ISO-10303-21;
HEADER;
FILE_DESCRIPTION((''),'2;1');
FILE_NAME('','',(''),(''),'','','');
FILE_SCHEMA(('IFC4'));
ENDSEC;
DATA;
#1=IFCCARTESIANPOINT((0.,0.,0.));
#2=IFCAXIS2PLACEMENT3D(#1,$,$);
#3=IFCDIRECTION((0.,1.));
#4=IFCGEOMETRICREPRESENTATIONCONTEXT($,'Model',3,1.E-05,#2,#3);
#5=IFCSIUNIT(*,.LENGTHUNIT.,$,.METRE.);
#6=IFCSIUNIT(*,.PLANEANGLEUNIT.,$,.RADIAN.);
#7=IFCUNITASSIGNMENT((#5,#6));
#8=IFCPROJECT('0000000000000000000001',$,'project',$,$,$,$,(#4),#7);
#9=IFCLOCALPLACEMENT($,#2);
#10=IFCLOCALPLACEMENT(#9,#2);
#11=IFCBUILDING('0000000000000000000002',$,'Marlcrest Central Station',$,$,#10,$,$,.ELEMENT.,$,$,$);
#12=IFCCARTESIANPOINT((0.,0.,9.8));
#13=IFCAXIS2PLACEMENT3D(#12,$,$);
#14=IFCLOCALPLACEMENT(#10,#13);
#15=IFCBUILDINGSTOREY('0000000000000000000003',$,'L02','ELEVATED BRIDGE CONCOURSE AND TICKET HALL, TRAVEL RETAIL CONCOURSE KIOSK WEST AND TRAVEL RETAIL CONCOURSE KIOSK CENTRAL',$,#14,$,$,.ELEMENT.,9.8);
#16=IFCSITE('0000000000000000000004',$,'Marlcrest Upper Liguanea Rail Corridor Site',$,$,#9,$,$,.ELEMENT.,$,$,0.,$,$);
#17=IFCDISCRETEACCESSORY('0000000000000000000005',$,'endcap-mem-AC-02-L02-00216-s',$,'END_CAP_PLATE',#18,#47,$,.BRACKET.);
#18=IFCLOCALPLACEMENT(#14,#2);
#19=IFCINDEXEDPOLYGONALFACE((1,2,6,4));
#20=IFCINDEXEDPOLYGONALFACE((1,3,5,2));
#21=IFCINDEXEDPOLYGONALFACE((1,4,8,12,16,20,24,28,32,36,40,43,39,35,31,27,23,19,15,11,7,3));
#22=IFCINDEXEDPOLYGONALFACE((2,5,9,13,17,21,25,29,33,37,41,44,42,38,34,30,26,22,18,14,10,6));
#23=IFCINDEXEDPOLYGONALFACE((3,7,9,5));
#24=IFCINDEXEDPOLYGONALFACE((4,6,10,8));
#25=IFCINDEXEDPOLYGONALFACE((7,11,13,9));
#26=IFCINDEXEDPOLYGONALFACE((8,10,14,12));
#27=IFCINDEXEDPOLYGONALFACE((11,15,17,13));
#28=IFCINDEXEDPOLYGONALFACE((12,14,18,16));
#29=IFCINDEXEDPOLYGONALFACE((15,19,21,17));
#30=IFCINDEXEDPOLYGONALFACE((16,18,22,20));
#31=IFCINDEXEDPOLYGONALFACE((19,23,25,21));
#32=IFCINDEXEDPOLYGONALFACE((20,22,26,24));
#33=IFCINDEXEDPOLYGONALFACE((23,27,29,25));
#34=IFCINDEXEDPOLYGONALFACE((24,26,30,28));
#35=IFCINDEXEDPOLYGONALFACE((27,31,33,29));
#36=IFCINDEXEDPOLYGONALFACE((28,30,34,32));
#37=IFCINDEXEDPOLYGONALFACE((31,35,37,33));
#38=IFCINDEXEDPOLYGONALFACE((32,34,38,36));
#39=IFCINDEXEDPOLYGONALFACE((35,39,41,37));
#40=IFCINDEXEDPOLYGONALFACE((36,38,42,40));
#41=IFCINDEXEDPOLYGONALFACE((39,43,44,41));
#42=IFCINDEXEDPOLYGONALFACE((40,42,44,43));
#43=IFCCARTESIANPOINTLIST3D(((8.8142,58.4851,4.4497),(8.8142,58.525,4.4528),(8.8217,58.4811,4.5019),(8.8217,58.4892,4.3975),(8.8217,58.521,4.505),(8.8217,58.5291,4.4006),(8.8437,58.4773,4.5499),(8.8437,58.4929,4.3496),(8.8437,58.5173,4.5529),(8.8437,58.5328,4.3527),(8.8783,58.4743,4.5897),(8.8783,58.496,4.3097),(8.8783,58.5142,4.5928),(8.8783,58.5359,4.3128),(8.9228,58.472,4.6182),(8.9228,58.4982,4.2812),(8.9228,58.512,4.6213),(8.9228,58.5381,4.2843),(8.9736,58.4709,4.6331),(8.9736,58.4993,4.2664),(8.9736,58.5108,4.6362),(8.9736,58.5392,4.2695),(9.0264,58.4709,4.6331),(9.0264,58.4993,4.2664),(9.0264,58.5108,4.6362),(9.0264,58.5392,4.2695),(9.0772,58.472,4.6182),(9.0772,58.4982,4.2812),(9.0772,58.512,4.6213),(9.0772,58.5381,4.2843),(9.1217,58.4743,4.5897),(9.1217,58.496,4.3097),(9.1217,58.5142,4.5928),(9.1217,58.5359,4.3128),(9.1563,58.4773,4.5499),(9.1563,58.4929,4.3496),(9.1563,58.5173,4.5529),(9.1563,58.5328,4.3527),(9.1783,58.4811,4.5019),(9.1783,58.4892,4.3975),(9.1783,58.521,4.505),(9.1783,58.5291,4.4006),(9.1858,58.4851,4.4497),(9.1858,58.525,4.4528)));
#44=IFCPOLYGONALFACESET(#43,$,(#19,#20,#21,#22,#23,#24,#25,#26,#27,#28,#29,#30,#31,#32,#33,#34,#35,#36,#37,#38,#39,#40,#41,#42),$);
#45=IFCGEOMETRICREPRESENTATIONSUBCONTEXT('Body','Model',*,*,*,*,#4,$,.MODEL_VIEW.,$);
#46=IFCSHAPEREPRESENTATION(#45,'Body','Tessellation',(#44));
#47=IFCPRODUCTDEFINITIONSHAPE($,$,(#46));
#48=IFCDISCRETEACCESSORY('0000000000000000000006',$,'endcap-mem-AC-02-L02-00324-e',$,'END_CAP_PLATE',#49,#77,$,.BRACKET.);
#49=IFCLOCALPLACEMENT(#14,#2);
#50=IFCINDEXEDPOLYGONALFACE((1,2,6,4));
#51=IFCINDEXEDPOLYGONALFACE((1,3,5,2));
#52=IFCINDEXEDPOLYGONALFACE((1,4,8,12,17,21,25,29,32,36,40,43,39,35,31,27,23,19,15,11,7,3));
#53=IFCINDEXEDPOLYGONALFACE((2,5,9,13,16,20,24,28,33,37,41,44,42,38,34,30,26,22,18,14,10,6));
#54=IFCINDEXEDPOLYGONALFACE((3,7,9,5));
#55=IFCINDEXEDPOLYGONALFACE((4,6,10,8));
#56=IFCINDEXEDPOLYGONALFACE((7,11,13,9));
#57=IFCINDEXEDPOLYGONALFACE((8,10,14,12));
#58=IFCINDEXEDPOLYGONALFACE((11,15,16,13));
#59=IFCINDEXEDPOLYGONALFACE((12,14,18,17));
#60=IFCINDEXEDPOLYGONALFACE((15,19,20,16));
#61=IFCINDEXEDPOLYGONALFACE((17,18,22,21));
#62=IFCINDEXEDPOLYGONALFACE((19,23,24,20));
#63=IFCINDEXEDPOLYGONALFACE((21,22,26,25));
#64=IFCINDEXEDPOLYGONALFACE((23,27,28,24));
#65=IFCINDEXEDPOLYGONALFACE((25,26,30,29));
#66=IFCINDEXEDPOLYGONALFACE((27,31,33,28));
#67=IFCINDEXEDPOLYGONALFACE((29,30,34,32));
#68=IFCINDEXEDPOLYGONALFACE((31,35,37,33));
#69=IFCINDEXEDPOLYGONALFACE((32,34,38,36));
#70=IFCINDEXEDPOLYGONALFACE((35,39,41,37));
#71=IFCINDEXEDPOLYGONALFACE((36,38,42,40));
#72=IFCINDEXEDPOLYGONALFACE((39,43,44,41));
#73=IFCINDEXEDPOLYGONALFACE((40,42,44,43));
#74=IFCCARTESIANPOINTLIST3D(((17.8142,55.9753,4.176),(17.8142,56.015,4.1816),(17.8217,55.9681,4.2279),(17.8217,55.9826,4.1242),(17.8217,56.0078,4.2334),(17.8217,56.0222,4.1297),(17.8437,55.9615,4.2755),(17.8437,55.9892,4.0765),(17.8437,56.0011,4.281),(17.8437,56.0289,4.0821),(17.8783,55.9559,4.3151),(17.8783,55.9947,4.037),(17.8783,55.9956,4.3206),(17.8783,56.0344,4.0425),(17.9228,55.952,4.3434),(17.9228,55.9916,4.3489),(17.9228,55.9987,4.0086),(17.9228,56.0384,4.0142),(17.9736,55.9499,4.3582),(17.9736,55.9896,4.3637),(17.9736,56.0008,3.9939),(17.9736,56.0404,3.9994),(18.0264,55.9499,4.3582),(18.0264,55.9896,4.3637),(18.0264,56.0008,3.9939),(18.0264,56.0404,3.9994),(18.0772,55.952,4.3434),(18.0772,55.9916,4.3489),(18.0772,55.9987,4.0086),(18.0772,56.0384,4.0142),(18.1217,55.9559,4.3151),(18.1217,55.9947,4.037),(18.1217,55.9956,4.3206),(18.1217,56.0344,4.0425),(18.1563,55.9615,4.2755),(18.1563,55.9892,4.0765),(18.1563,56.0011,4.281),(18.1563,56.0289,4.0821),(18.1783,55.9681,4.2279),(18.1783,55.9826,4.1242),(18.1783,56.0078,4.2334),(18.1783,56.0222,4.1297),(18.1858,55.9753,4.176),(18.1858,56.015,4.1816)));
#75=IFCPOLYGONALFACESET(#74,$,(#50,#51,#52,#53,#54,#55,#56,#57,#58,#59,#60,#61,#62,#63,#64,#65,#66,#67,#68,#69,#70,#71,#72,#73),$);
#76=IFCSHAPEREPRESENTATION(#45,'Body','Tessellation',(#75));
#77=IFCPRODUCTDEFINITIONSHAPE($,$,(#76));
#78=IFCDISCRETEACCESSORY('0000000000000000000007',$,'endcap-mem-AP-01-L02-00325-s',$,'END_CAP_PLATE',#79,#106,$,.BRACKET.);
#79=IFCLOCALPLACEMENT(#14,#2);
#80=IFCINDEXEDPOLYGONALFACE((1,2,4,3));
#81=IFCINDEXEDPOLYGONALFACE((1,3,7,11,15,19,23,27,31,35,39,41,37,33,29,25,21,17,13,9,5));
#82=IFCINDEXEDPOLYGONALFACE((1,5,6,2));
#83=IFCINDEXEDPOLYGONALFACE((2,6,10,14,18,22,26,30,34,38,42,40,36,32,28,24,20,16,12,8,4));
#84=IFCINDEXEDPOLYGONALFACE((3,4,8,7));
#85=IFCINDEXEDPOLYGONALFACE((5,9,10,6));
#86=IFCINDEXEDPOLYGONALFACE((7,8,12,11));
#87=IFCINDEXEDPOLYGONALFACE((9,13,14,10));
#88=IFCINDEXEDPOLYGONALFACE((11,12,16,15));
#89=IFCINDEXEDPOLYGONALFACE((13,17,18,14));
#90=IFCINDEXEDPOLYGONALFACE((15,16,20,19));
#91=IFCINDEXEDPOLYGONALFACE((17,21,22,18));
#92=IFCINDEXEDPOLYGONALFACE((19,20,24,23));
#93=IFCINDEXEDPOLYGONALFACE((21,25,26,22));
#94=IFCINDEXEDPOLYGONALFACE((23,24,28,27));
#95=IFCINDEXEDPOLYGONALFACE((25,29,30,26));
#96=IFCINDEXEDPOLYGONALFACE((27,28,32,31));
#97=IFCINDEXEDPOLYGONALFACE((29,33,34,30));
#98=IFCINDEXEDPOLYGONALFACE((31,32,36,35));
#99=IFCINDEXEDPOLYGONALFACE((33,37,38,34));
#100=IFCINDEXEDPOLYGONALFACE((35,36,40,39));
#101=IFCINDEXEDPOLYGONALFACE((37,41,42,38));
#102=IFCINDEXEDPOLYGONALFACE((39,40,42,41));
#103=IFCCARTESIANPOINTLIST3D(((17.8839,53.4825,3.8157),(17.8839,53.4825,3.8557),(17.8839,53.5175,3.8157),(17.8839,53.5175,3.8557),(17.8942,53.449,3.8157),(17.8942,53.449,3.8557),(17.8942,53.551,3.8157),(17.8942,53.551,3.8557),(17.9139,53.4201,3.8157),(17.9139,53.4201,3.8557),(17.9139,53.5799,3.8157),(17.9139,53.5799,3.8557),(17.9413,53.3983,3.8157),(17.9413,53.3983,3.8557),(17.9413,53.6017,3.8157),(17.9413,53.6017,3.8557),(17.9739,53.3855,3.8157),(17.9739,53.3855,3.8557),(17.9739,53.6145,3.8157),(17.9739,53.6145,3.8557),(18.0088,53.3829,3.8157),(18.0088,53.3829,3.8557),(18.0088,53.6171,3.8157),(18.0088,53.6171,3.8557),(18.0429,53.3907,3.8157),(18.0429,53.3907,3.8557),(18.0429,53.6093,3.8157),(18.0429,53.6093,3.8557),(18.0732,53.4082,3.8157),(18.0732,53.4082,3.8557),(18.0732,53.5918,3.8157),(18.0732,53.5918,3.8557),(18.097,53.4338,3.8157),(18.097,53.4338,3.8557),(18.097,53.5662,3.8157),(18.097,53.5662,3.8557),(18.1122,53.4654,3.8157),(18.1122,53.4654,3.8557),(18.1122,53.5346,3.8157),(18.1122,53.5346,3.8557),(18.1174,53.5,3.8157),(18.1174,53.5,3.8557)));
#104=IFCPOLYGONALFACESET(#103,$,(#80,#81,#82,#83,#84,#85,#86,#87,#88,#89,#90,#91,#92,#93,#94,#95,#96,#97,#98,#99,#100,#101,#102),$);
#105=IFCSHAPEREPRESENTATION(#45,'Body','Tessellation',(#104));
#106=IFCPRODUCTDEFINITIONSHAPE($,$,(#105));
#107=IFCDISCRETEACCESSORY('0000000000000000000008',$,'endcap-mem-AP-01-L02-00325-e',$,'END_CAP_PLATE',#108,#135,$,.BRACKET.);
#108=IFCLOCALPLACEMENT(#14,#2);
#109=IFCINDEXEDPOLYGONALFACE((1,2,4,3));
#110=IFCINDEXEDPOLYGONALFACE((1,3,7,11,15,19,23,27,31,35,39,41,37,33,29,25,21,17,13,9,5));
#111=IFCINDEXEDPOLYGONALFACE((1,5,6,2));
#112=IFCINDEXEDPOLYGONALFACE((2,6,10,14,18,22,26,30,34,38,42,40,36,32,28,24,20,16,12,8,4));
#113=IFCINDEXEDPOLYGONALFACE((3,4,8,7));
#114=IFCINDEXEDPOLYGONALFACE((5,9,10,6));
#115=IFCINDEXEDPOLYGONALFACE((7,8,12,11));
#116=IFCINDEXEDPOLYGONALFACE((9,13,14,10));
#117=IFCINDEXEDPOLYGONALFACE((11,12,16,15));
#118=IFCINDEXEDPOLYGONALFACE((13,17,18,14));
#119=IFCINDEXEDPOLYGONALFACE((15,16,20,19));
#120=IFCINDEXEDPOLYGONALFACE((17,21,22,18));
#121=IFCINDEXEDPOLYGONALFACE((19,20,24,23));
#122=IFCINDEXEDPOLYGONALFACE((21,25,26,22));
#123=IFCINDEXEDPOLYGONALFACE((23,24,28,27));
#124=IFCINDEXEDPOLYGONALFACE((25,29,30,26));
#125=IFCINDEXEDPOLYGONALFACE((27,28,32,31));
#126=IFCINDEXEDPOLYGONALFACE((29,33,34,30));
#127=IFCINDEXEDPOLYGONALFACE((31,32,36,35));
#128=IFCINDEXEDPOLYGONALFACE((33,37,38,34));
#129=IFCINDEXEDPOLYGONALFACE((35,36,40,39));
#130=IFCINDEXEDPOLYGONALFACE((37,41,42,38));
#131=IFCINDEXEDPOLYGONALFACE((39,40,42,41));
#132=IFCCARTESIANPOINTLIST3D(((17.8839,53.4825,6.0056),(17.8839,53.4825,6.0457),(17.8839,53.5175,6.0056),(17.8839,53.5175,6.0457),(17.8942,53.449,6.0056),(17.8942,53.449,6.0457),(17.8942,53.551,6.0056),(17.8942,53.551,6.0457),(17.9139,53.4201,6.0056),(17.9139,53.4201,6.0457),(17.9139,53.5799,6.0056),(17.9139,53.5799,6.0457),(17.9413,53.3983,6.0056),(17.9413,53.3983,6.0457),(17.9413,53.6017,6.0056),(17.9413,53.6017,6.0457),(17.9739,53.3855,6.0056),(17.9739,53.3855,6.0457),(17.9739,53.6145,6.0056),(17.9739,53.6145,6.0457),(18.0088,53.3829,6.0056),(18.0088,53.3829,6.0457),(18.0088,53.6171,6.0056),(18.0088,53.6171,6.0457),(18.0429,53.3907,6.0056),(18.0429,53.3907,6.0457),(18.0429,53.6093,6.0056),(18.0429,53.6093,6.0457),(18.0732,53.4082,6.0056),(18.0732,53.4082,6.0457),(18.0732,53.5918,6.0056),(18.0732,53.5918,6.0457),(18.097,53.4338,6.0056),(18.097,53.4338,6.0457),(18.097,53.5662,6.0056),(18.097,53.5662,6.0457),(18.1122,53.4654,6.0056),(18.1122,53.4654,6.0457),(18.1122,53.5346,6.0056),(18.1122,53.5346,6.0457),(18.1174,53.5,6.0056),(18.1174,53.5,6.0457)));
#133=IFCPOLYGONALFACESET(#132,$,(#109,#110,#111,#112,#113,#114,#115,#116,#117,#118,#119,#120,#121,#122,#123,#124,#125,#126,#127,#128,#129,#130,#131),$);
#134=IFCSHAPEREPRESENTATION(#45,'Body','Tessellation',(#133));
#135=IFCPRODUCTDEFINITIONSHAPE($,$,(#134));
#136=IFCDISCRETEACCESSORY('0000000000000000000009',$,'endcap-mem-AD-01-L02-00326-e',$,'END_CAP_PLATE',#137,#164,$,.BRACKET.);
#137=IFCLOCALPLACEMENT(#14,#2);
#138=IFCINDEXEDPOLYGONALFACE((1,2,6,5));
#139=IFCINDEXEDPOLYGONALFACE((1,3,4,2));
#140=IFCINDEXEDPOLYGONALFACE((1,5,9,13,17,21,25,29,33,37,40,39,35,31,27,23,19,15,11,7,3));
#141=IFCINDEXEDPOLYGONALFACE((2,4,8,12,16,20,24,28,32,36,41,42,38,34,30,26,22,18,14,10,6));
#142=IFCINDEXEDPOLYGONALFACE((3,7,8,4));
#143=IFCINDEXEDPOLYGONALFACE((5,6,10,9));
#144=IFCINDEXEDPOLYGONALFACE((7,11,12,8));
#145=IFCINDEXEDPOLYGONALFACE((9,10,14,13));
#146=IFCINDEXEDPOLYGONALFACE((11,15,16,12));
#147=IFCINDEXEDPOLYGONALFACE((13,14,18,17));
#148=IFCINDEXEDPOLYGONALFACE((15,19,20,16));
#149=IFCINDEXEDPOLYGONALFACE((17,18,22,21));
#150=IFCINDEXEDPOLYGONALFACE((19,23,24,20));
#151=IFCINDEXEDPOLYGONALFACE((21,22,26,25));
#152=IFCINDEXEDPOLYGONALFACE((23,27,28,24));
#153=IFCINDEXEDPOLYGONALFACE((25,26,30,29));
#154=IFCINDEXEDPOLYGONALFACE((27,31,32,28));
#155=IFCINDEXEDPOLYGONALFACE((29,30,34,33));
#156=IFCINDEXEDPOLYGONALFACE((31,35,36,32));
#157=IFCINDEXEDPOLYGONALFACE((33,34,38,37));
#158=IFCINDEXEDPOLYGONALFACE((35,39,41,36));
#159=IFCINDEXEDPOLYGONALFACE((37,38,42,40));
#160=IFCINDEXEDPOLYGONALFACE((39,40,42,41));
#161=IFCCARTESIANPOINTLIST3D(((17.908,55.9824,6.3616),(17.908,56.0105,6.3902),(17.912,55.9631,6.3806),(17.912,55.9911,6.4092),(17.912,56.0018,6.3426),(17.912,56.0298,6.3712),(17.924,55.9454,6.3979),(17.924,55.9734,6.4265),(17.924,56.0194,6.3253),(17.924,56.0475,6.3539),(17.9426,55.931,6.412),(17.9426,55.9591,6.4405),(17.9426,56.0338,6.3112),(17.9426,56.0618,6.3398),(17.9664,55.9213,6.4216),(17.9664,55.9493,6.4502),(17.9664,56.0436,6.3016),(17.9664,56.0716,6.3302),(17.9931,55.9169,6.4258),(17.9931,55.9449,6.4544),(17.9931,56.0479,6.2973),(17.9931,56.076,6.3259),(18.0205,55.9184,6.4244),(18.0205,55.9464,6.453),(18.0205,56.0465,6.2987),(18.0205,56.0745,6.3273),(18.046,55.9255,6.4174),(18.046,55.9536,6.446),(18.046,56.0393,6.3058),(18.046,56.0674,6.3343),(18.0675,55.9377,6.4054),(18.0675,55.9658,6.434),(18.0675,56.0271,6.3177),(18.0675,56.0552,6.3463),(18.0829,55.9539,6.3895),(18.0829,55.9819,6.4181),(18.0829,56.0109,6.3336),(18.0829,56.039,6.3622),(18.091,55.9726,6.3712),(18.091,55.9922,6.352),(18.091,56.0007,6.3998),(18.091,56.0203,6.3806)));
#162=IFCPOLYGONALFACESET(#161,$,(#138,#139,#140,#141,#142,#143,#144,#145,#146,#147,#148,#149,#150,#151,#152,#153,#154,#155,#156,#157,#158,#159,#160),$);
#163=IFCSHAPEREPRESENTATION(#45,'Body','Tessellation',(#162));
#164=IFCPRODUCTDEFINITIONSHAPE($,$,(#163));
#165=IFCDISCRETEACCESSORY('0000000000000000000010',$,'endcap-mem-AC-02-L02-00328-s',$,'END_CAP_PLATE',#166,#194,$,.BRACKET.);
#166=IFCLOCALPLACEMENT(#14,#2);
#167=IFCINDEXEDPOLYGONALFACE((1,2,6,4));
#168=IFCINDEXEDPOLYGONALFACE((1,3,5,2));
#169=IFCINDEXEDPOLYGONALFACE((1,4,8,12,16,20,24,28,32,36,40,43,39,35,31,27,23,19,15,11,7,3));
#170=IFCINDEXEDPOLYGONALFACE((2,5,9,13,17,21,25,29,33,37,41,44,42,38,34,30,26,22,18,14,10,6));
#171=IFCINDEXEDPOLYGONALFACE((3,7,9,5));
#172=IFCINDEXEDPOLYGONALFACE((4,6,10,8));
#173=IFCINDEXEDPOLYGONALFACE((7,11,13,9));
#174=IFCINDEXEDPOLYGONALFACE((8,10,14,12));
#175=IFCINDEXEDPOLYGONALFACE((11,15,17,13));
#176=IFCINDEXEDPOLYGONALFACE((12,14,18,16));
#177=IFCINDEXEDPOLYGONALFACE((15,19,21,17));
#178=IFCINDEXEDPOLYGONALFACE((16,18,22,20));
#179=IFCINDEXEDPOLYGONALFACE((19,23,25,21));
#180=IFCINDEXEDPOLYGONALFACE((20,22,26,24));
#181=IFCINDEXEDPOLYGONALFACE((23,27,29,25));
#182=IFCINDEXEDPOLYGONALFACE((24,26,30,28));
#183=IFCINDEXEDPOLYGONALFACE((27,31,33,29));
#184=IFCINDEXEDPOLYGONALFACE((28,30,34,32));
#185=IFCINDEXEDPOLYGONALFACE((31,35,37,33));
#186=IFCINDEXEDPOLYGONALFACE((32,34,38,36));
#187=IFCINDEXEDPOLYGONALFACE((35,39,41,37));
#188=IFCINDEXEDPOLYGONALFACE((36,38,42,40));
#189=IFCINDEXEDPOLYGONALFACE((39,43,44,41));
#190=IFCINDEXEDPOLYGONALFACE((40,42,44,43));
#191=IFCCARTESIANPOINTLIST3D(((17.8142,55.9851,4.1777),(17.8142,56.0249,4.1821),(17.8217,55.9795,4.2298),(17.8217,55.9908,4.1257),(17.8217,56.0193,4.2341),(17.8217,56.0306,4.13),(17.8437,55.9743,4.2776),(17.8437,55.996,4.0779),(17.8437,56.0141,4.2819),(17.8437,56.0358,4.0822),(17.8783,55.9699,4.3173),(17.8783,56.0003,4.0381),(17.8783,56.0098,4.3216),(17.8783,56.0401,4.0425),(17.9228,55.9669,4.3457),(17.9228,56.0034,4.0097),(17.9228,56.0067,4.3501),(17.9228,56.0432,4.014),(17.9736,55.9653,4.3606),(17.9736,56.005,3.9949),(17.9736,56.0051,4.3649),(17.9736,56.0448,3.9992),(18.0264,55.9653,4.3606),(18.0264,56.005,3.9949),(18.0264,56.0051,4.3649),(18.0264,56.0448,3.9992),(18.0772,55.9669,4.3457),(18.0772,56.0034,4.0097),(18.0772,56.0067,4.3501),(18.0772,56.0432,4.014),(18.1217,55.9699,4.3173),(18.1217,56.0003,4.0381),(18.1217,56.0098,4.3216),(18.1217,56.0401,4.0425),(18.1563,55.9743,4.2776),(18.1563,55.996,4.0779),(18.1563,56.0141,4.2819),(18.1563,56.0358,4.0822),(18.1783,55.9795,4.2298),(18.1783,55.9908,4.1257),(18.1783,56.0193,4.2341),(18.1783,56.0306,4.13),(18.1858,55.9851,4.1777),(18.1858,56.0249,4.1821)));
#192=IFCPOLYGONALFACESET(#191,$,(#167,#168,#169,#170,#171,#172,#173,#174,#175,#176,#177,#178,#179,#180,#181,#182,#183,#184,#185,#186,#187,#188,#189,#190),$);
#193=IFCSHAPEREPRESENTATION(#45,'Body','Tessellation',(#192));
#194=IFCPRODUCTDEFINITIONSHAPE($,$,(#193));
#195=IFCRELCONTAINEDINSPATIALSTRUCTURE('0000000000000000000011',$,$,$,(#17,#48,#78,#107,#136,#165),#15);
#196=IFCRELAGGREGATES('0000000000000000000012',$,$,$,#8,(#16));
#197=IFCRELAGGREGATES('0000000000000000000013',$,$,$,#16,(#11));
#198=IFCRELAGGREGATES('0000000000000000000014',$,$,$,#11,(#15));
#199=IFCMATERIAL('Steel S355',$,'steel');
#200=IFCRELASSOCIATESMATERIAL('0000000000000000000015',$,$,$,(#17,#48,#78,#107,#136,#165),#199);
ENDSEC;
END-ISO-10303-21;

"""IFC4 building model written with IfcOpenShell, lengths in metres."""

from ifc_helpers import new_model, si_unit, direction, frame, origin, origin_2d, place, context, subcontext, project, spatial, circle, extrude, material, element, save


model = new_model("IFC4")

# Units and contexts
model_context = context("Model", 3, precision=1e-05, world=origin(), true_north=direction((0.0, 1.0)))
body_context = subcontext(model_context, "Body", "Model", "MODEL_VIEW")
ifc_project = project(units=[si_unit("LENGTHUNIT", "METRE"), si_unit("PLANEANGLEUNIT", "RADIAN")], contexts=[model_context])

# Site, building, storey
site_placement = place(None, origin())
site = spatial("IfcSite", under=ifc_project, at=site_placement, Name="Marlcrest Upper Liguanea Rail Corridor Site", CompositionType="ELEMENT", RefElevation=0.0)
building_placement = place(site_placement, origin())
building = spatial("IfcBuilding", under=site, at=building_placement, Name="Marlcrest Central Station", CompositionType="ELEMENT")
storey_placement = place(building_placement, frame((0.0, 0.0, 9.8)))
storey = spatial("IfcBuildingStorey", under=building, at=storey_placement, Name="L02", Description="ELEVATED BRIDGE CONCOURSE AND TICKET HALL, TRAVEL RETAIL CONCOURSE KIOSK WEST AND TRAVEL RETAIL CONCOURSE KIOSK CENTRAL", CompositionType="ELEMENT", Elevation=9.8)

# Shared definitions
ifc_material = material(Name="Steel S355", Category="steel")

# Discrete accessories
for number, where, z_axis, x_axis, name in (
    (1, (9.0, 58.4851, 4.4497), (0.0, 0.997007, 0.077307), (-1.0, 0.0, 0.0), "endcap-mem-AC-02-L02-00216-s"),
    (2, (18.0, 55.9753, 4.176), (0.0, 0.990403, 0.138211), (-1.0, 0.0, 0.0), "endcap-mem-AC-02-L02-00324-e"),
):
    element("IfcDiscreteAccessory", number, at=place(storey_placement, frame(where, z_axis=z_axis, x_axis=x_axis)), inside=storey, material=ifc_material, Name=name, ObjectType="END_CAP_PLATE", PredefinedType="BRACKET", context=body_context, shape_type="SweptSolid", body=[
        extrude(circle(Radius=0.1858, at=origin_2d()), origin(), (0.0, 0.0, 1.0), 0.04),
    ])
for number, where, z_axis, x_axis, name in (
    (3, (18.0, 53.5, 3.8157), (0.0, 0.0, 1.0), (1.0, 0.0, 0.0), "endcap-mem-AP-01-L02-00325-s"),
    (4, (18.0, 53.5, 6.0056), (0.0, 0.0, 1.0), (1.0, 0.0, 0.0), "endcap-mem-AP-01-L02-00325-e"),
):
    element("IfcDiscreteAccessory", number, at=place(storey_placement, frame(where, z_axis=z_axis, x_axis=x_axis)), inside=storey, material=ifc_material, Name=name, ObjectType="END_CAP_PLATE", PredefinedType="BRACKET", context=body_context, shape_type="SweptSolid", body=[
        extrude(circle(Radius=0.1174, at=origin_2d()), origin(), (0.0, 0.0, 1.0), 0.04),
    ])
discrete_accessory_1_placement = place(storey_placement, frame((18.0, 55.9824, 6.3616), z_axis=(0.0, 0.700235, 0.713912), x_axis=(-1.0, 0.0, 0.0)))
element("IfcDiscreteAccessory", 5, at=discrete_accessory_1_placement, inside=storey, material=ifc_material, Name="endcap-mem-AD-01-L02-00326-e", ObjectType="END_CAP_PLATE", PredefinedType="BRACKET", context=body_context, shape_type="SweptSolid", body=[
    extrude(circle(Radius=0.092, at=origin_2d()), origin(), (0.0, 0.0, 1.0), 0.04),
])
for number, where, z_axis, x_axis, name in (
    (6, (18.0, 55.9851, 4.1777), (0.0, 0.994155, 0.107959), (-1.0, 0.0, 0.0), "endcap-mem-AC-02-L02-00328-s"),
):
    element("IfcDiscreteAccessory", number, at=place(storey_placement, frame(where, z_axis=z_axis, x_axis=x_axis)), inside=storey, material=ifc_material, Name=name, ObjectType="END_CAP_PLATE", PredefinedType="BRACKET", context=body_context, shape_type="SweptSolid", body=[
        extrude(circle(Radius=0.1858, at=origin_2d()), origin(), (0.0, 0.0, 1.0), 0.04),
    ])

save(model, "model.ifc")
